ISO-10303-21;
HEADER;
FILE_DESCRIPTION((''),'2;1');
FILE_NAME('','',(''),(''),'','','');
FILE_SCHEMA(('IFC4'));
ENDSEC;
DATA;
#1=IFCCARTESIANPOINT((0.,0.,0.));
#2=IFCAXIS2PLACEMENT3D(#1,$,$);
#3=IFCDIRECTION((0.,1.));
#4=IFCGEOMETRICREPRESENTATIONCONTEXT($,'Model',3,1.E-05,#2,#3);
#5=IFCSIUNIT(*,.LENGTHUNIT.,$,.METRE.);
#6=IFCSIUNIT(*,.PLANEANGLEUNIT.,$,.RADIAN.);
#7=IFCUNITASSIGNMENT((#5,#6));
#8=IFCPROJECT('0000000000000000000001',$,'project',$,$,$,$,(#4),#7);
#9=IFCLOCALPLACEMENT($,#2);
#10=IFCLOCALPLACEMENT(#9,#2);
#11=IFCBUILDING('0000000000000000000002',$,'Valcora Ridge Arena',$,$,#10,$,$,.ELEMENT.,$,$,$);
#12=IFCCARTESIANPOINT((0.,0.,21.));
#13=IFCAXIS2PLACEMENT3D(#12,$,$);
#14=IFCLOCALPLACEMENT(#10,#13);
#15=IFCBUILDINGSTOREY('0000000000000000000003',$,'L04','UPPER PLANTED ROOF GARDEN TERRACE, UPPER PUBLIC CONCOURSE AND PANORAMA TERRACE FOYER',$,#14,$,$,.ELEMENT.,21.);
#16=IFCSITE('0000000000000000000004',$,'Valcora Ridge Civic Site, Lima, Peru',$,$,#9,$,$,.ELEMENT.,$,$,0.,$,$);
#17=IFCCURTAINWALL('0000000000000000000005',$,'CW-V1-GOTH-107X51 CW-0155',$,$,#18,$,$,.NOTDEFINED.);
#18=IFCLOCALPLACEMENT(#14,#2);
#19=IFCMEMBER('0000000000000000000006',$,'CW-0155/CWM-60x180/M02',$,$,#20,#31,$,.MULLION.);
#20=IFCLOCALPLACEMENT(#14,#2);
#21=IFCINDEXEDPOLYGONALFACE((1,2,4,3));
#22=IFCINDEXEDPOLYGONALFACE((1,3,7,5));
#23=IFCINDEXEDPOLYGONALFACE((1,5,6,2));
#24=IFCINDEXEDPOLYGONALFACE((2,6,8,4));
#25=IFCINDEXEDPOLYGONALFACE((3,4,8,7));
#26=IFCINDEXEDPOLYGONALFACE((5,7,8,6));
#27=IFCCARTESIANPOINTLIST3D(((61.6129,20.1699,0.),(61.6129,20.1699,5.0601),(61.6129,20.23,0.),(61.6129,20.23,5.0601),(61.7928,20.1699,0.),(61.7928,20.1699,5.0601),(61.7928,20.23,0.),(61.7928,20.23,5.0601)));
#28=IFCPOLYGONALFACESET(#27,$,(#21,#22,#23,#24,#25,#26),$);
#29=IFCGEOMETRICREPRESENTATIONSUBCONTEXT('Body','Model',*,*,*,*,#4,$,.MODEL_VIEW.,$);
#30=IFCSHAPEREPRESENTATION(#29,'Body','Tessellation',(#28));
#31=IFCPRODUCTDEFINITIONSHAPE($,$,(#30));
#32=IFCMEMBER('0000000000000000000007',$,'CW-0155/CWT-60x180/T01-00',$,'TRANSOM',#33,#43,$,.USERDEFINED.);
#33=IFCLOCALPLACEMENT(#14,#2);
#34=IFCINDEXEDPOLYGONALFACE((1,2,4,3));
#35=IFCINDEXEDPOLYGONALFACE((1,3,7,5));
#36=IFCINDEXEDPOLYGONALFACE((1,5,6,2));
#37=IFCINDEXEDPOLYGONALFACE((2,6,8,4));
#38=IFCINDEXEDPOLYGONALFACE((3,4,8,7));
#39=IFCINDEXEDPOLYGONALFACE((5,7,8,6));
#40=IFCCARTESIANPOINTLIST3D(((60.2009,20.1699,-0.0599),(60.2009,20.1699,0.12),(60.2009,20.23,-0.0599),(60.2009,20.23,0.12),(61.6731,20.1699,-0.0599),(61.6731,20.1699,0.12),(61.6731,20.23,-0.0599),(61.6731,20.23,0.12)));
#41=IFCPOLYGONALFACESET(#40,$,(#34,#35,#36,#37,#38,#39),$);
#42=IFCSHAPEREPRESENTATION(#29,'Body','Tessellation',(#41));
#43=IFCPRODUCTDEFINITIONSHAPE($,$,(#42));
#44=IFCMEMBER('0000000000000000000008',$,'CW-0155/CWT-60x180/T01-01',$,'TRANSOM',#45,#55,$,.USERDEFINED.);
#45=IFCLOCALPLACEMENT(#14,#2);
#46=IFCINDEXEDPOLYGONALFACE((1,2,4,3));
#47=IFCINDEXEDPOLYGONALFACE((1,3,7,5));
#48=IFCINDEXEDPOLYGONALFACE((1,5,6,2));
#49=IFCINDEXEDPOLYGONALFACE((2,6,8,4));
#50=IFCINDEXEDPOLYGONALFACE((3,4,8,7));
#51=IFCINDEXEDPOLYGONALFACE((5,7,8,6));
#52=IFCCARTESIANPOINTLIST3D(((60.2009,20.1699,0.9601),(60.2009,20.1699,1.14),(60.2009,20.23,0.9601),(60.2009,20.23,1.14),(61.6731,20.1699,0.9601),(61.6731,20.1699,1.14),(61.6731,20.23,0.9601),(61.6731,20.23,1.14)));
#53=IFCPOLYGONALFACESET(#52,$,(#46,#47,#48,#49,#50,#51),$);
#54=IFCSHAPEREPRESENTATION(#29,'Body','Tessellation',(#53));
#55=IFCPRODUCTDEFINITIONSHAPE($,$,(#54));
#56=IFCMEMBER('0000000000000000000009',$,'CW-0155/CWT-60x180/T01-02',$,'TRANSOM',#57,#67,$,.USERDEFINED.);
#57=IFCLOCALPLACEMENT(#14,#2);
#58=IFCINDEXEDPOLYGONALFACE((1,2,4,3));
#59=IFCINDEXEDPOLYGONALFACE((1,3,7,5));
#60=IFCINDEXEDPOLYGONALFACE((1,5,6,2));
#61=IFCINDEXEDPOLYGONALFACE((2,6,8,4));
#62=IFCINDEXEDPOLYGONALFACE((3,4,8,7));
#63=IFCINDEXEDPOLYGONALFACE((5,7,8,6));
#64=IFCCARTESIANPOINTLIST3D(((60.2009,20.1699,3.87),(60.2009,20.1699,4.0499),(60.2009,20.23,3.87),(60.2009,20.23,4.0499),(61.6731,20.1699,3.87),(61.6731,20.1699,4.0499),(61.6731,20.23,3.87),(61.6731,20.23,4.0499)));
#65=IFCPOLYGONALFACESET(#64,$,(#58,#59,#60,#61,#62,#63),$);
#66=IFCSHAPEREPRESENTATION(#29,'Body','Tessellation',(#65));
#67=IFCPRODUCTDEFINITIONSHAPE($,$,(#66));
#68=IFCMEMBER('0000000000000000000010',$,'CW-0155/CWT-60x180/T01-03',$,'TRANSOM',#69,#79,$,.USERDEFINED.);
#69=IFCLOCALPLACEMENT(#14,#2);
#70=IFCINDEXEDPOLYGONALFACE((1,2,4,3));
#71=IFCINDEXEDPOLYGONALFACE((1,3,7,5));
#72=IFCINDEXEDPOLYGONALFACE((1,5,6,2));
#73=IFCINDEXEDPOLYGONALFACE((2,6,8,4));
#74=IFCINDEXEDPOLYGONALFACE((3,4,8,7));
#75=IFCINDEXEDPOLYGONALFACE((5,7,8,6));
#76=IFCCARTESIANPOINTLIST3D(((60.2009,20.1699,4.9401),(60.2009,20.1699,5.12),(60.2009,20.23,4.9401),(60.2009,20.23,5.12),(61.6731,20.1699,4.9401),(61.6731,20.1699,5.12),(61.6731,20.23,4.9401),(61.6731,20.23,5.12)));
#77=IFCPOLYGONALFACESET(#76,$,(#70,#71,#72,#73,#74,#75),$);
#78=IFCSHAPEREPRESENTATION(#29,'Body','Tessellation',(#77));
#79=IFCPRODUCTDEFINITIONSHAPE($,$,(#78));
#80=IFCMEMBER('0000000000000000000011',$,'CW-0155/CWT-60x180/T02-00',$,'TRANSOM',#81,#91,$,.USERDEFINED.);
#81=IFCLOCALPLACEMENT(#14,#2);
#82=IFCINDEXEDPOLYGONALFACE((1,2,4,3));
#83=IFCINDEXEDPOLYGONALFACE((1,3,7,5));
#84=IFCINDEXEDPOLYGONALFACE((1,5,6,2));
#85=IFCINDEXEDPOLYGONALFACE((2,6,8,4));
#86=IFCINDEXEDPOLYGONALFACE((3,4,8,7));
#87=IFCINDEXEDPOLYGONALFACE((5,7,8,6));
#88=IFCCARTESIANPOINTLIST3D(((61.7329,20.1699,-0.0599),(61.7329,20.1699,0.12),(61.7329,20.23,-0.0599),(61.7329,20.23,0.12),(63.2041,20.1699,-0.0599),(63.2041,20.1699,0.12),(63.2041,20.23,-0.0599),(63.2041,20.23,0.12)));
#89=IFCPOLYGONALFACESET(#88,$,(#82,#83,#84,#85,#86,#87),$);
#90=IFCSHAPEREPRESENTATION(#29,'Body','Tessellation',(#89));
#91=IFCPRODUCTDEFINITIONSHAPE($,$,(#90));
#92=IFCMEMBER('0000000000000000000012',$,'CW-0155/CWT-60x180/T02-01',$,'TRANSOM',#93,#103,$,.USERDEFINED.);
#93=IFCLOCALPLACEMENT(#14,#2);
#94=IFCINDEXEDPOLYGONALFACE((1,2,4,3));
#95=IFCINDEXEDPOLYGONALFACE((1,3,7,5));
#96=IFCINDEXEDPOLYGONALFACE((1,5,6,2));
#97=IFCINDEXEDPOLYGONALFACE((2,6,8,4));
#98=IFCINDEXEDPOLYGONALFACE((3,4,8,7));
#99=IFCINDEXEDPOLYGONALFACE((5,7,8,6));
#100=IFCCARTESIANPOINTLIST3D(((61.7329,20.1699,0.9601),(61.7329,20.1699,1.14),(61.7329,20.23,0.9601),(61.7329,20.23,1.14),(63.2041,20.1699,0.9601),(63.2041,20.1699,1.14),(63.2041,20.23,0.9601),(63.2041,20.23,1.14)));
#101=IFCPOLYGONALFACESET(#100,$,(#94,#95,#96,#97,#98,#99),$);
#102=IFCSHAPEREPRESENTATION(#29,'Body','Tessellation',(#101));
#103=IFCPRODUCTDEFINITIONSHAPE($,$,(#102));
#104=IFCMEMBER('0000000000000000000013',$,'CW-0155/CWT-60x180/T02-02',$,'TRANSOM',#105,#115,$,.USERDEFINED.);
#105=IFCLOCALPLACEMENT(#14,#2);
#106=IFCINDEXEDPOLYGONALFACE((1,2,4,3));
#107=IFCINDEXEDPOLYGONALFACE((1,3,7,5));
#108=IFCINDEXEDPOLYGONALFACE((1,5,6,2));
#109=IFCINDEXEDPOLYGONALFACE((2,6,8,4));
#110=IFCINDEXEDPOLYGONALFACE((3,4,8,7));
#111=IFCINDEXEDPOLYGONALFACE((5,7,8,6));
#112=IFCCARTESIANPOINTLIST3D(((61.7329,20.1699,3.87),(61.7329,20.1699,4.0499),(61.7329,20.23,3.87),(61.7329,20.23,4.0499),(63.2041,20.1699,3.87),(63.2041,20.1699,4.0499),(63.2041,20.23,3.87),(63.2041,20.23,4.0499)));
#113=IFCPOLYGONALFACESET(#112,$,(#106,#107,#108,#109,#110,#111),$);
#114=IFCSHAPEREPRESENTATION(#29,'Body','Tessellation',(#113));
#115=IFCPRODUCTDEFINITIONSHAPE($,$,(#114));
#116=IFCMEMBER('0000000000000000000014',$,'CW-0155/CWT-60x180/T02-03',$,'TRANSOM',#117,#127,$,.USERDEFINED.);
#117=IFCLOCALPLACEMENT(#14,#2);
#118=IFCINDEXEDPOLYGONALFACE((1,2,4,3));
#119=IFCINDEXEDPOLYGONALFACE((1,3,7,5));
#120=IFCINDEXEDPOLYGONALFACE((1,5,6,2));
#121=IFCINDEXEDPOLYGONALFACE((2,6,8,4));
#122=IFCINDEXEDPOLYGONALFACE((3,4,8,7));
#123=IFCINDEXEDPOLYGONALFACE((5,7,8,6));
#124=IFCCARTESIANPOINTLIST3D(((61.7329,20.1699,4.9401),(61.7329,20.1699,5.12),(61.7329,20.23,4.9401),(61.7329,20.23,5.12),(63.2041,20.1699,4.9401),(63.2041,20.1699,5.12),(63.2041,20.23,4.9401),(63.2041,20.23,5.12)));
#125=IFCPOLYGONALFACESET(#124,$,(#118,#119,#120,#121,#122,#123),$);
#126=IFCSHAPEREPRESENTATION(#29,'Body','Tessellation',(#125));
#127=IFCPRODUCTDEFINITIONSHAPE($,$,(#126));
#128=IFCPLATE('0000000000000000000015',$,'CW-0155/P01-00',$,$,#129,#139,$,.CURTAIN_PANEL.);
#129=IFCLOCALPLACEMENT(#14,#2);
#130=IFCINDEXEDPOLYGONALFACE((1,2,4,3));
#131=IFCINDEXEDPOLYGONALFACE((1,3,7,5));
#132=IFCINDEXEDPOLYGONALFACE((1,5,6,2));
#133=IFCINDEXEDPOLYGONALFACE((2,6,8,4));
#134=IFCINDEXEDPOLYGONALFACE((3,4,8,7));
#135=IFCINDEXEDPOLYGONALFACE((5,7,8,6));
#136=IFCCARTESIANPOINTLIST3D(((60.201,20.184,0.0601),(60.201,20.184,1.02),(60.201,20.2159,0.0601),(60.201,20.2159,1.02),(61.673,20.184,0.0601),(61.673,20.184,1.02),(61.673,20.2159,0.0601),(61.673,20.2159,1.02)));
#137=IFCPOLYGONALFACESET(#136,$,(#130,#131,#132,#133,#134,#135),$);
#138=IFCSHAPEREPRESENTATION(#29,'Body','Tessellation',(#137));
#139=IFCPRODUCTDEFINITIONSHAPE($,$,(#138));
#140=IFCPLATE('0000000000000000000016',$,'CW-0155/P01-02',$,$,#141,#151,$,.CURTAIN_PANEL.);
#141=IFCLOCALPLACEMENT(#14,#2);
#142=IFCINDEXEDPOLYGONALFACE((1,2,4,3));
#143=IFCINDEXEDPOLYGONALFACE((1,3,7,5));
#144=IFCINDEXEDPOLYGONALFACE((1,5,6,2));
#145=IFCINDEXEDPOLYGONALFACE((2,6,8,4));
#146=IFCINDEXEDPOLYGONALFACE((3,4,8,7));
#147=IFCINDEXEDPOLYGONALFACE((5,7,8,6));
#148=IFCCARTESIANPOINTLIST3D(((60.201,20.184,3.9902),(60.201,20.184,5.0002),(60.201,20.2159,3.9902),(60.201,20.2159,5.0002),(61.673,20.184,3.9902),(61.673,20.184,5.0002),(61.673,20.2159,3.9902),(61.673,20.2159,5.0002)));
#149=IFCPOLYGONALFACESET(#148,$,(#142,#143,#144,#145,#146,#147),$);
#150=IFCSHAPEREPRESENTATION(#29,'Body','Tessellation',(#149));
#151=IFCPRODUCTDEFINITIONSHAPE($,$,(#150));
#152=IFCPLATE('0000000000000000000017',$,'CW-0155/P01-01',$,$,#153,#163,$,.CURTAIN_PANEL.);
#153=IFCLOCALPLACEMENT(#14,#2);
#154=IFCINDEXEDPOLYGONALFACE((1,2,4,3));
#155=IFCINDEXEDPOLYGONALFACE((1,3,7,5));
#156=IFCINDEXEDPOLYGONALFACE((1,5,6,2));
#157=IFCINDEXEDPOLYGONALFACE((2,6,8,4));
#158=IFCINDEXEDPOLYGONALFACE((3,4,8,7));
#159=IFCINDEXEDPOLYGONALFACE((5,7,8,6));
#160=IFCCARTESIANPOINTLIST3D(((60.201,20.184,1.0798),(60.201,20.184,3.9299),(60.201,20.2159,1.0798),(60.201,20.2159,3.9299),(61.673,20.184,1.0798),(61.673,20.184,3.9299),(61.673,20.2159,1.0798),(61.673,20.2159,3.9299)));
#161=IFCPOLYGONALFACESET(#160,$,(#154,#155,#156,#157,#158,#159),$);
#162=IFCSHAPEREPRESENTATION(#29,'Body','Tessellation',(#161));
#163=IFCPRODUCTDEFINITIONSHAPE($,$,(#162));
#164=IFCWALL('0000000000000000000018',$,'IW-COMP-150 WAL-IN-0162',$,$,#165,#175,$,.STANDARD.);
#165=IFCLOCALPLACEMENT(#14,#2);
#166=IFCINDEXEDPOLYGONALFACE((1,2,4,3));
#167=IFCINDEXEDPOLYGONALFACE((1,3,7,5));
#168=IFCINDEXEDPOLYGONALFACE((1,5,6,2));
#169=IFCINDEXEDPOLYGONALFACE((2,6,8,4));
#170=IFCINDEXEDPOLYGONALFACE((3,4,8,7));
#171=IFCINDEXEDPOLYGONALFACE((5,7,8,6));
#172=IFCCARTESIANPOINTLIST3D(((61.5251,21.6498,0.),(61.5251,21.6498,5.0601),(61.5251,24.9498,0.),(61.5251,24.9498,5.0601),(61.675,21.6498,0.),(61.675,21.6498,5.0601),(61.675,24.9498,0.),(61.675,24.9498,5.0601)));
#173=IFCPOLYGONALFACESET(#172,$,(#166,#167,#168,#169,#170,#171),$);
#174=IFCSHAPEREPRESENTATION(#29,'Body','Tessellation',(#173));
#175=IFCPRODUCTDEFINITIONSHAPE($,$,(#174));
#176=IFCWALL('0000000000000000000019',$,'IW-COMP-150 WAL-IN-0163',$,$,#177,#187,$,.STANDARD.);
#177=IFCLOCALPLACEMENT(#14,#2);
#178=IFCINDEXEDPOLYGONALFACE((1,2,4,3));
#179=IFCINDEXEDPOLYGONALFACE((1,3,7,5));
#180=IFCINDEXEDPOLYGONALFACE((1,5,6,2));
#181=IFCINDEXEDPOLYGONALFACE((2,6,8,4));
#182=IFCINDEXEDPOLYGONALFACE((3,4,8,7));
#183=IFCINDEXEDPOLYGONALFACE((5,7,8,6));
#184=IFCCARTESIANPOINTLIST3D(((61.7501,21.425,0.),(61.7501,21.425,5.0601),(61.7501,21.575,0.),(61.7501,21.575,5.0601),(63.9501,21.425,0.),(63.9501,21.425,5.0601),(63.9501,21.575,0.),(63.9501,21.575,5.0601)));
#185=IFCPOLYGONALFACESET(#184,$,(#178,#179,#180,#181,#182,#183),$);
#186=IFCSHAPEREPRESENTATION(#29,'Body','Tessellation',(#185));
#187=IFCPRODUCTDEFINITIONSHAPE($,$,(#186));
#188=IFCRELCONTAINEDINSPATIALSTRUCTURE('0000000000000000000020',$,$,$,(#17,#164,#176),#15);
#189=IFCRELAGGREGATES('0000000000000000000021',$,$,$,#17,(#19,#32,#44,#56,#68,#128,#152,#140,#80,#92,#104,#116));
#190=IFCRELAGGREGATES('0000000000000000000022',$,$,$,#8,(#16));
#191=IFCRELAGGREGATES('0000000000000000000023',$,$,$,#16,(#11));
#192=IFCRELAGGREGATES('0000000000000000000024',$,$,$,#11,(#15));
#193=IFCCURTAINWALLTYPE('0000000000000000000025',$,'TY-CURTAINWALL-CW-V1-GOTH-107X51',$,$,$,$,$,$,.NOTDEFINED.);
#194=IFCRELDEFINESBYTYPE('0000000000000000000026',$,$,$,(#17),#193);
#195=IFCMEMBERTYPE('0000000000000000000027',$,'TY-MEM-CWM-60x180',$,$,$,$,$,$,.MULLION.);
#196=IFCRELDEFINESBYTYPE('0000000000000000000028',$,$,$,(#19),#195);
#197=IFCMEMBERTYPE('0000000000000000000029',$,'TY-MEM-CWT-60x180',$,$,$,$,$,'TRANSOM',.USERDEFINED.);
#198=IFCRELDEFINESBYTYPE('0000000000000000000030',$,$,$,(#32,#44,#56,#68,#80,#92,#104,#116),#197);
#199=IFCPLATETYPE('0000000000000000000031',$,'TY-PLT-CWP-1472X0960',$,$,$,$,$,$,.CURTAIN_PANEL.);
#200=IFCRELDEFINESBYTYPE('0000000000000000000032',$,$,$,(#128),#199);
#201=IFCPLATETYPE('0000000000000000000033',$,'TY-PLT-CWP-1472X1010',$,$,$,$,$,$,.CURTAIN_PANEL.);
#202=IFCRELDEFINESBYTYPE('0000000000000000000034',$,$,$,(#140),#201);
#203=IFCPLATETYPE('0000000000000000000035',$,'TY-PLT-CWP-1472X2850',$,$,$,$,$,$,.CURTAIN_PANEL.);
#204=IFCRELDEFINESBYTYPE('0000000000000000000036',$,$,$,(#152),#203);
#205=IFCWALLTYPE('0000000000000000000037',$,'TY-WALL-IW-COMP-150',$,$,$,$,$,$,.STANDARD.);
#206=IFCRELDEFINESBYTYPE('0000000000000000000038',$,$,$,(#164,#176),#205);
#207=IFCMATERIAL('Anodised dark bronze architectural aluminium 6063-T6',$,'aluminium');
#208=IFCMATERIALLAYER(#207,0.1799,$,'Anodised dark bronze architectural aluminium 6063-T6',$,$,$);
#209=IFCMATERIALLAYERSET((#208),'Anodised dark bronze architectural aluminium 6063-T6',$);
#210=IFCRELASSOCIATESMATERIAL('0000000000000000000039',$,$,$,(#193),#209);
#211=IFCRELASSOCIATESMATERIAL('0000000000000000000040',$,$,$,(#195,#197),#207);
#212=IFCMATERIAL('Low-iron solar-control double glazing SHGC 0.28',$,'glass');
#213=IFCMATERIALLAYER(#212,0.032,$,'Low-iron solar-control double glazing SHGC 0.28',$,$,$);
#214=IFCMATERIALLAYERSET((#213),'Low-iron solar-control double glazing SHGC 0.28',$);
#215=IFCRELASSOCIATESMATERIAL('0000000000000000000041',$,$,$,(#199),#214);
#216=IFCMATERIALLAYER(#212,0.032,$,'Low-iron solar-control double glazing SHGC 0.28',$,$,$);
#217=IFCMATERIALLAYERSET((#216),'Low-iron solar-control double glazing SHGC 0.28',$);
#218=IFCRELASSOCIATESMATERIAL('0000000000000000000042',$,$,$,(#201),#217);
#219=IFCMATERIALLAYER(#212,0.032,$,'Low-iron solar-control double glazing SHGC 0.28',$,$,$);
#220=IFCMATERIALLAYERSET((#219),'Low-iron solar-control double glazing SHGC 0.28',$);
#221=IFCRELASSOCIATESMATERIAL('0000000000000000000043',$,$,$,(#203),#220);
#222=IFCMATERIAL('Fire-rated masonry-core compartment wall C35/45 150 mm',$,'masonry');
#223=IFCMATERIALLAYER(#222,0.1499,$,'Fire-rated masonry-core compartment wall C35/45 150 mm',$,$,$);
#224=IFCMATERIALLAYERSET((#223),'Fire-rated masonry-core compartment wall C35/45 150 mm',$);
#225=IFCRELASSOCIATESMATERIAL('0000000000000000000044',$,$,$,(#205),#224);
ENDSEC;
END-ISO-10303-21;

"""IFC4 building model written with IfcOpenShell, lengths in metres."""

from ifc_helpers import new_model, si_unit, direction, frame, frame_2d, origin, origin_2d, place, context, subcontext, project, spatial, rectangle, extrude, material, layer, layer_set, material_profile, profile_set, type_object, element, aggregate, save


model = new_model("IFC4")

# Units and contexts
model_context = context("Model", 3, precision=1e-05, world=origin(), true_north=direction((0.0, 1.0)))
body_context = subcontext(model_context, "Body", "Model", "MODEL_VIEW")
ifc_project = project(units=[si_unit("LENGTHUNIT", "METRE"), si_unit("PLANEANGLEUNIT", "RADIAN")], contexts=[model_context])

# Site, building, storey
site_placement = place(None, origin())
site = spatial("IfcSite", under=ifc_project, at=site_placement, Name="Valcora Ridge Civic Site, Lima, Peru", CompositionType="ELEMENT", RefElevation=0.0)
building_placement = place(site_placement, origin())
building = spatial("IfcBuilding", under=site, at=building_placement, Name="Valcora Ridge Arena", CompositionType="ELEMENT")
storey_placement = place(building_placement, frame((0.0, 0.0, 21.0)))
storey = spatial("IfcBuildingStorey", under=building, at=storey_placement, Name="L04", Description="UPPER PLANTED ROOF GARDEN TERRACE, UPPER PUBLIC CONCOURSE AND PANORAMA TERRACE FOYER", CompositionType="ELEMENT", Elevation=21.0)

# Curtain wall, members, plates
ifc_material_1 = material(Name="Anodised dark bronze architectural aluminium 6063-T6", Category="aluminium")
ifc_layer_1 = layer(ifc_material_1, 0.1799, Name="Anodised dark bronze architectural aluminium 6063-T6")
ifc_layer_set_1 = layer_set([ifc_layer_1], Name="Anodised dark bronze architectural aluminium 6063-T6")
curtain_wall_type = type_object("IfcCurtainWallType", Name="TY-CURTAINWALL-CW-V1-GOTH-107X51", PredefinedType="NOTDEFINED", material=ifc_layer_set_1)
curtain_wall_placement = place(storey_placement, origin())
curtain_wall = element("IfcCurtainWall", 1, at=curtain_wall_placement, inside=storey, type_object=curtain_wall_type, Name="CW-V1-GOTH-107X51 CW-0155", PredefinedType="NOTDEFINED")
ifc_material_profile_1 = material_profile(ifc_material_1, rectangle(XDim=0.0601, YDim=0.1799, at=origin_2d()), Name="ALU MULLION 60x180")
ifc_profile_set_1 = profile_set([ifc_material_profile_1], Name="Anodised dark bronze architectural aluminium 6063-T6")
member_type_1 = type_object("IfcMemberType", Name="TY-MEM-CWM-60x180", PredefinedType="MULLION", material=ifc_profile_set_1)
member_1_placement = place(storey_placement, frame((61.7029, 20.2, 0.0), z_axis=(0.0, 0.0, 1.0), x_axis=(0.0, 1.0, 0.0)))
member_1 = element("IfcMember", 2, at=member_1_placement, type_object=member_type_1, Name="CW-0155/CWM-60x180/M02", PredefinedType="MULLION", context=body_context, shape_type="SweptSolid", body=[
    extrude(rectangle(XDim=0.0601, YDim=0.1799, at=origin_2d()), origin(), (0.0, 0.0, 1.0), 5.0601),
])
ifc_material_profile_2 = material_profile(ifc_material_1, rectangle(XDim=0.0601, YDim=0.1799, at=origin_2d()), Name="ALU TRANSOM 60x180")
ifc_profile_set_2 = profile_set([ifc_material_profile_2], Name="Anodised dark bronze architectural aluminium 6063-T6")
member_type_2 = type_object("IfcMemberType", Name="TY-MEM-CWT-60x180", ElementType="TRANSOM", PredefinedType="USERDEFINED", material=ifc_profile_set_2)
member_2_placement = place(storey_placement, frame((60.2009, 20.2, 0.03), z_axis=(1.0, 0.0, 0.0), x_axis=(0.0, 1.0, 0.0)))
member_2 = element("IfcMember", 3, at=member_2_placement, type_object=member_type_2, Name="CW-0155/CWT-60x180/T01-00", ObjectType="TRANSOM", PredefinedType="USERDEFINED", context=body_context, shape_type="SweptSolid", body=[
    extrude(rectangle(XDim=0.0601, YDim=0.1799, at=origin_2d()), origin(), (0.0, 0.0, 1.0), 1.4722),
])
member_3_placement = place(storey_placement, frame((60.2009, 20.2, 1.05), z_axis=(1.0, 0.0, 0.0), x_axis=(0.0, 1.0, 0.0)))
member_3 = element("IfcMember", 4, at=member_3_placement, type_object=member_type_2, Name="CW-0155/CWT-60x180/T01-01", ObjectType="TRANSOM", PredefinedType="USERDEFINED", context=body_context, shape_type="SweptSolid", body=[
    extrude(rectangle(XDim=0.0601, YDim=0.1799, at=origin_2d()), origin(), (0.0, 0.0, 1.0), 1.4722),
])
member_4_placement = place(storey_placement, frame((60.2009, 20.2, 3.96), z_axis=(1.0, 0.0, 0.0), x_axis=(0.0, 1.0, 0.0)))
member_4 = element("IfcMember", 5, at=member_4_placement, type_object=member_type_2, Name="CW-0155/CWT-60x180/T01-02", ObjectType="TRANSOM", PredefinedType="USERDEFINED", context=body_context, shape_type="SweptSolid", body=[
    extrude(rectangle(XDim=0.0601, YDim=0.1799, at=origin_2d()), origin(), (0.0, 0.0, 1.0), 1.4722),
])
member_5_placement = place(storey_placement, frame((60.2009, 20.2, 5.03), z_axis=(1.0, 0.0, 0.0), x_axis=(0.0, 1.0, 0.0)))
member_5 = element("IfcMember", 6, at=member_5_placement, type_object=member_type_2, Name="CW-0155/CWT-60x180/T01-03", ObjectType="TRANSOM", PredefinedType="USERDEFINED", context=body_context, shape_type="SweptSolid", body=[
    extrude(rectangle(XDim=0.0601, YDim=0.1799, at=origin_2d()), origin(), (0.0, 0.0, 1.0), 1.4722),
])
member_6_placement = place(storey_placement, frame((61.7329, 20.2, 0.03), z_axis=(1.0, 0.0, 0.0), x_axis=(0.0, 1.0, 0.0)))
member_6 = element("IfcMember", 7, at=member_6_placement, type_object=member_type_2, Name="CW-0155/CWT-60x180/T02-00", ObjectType="TRANSOM", PredefinedType="USERDEFINED", context=body_context, shape_type="SweptSolid", body=[
    extrude(rectangle(XDim=0.0601, YDim=0.1799, at=origin_2d()), origin(), (0.0, 0.0, 1.0), 1.4712),
])
member_7_placement = place(storey_placement, frame((61.7329, 20.2, 1.05), z_axis=(1.0, 0.0, 0.0), x_axis=(0.0, 1.0, 0.0)))
member_7 = element("IfcMember", 8, at=member_7_placement, type_object=member_type_2, Name="CW-0155/CWT-60x180/T02-01", ObjectType="TRANSOM", PredefinedType="USERDEFINED", context=body_context, shape_type="SweptSolid", body=[
    extrude(rectangle(XDim=0.0601, YDim=0.1799, at=origin_2d()), origin(), (0.0, 0.0, 1.0), 1.4712),
])
member_8_placement = place(storey_placement, frame((61.7329, 20.2, 3.96), z_axis=(1.0, 0.0, 0.0), x_axis=(0.0, 1.0, 0.0)))
member_8 = element("IfcMember", 9, at=member_8_placement, type_object=member_type_2, Name="CW-0155/CWT-60x180/T02-02", ObjectType="TRANSOM", PredefinedType="USERDEFINED", context=body_context, shape_type="SweptSolid", body=[
    extrude(rectangle(XDim=0.0601, YDim=0.1799, at=origin_2d()), origin(), (0.0, 0.0, 1.0), 1.4712),
])
member_9_placement = place(storey_placement, frame((61.7329, 20.2, 5.03), z_axis=(1.0, 0.0, 0.0), x_axis=(0.0, 1.0, 0.0)))
member_9 = element("IfcMember", 10, at=member_9_placement, type_object=member_type_2, Name="CW-0155/CWT-60x180/T02-03", ObjectType="TRANSOM", PredefinedType="USERDEFINED", context=body_context, shape_type="SweptSolid", body=[
    extrude(rectangle(XDim=0.0601, YDim=0.1799, at=origin_2d()), origin(), (0.0, 0.0, 1.0), 1.4712),
])
ifc_material_2 = material(Name="Low-iron solar-control double glazing SHGC 0.28", Category="glass")
ifc_layer_2 = layer(ifc_material_2, 0.032, Name="Low-iron solar-control double glazing SHGC 0.28")
ifc_layer_set_2 = layer_set([ifc_layer_2], Name="Low-iron solar-control double glazing SHGC 0.28")
plate_type_1 = type_object("IfcPlateType", Name="TY-PLT-CWP-1472X0960", PredefinedType="CURTAIN_PANEL", material=ifc_layer_set_2)
plate_1_placement = place(storey_placement, frame((60.937, 20.2, 0.0601), z_axis=(0.0, 0.0, 1.0), x_axis=(1.0, 0.0, 0.0)))
plate_1 = element("IfcPlate", 11, at=plate_1_placement, type_object=plate_type_1, Name="CW-0155/P01-00", PredefinedType="CURTAIN_PANEL", context=body_context, shape_type="SweptSolid", body=[
    extrude(rectangle(XDim=1.4719, YDim=0.032, at=origin_2d()), origin(), (0.0, 0.0, 1.0), 0.96),
])
ifc_layer_3 = layer(ifc_material_2, 0.032, Name="Low-iron solar-control double glazing SHGC 0.28")
ifc_layer_set_3 = layer_set([ifc_layer_3], Name="Low-iron solar-control double glazing SHGC 0.28")
plate_type_2 = type_object("IfcPlateType", Name="TY-PLT-CWP-1472X1010", PredefinedType="CURTAIN_PANEL", material=ifc_layer_set_3)
plate_2_placement = place(storey_placement, frame((60.937, 20.2, 3.9902), z_axis=(0.0, 0.0, 1.0), x_axis=(1.0, 0.0, 0.0)))
plate_2 = element("IfcPlate", 12, at=plate_2_placement, type_object=plate_type_2, Name="CW-0155/P01-02", PredefinedType="CURTAIN_PANEL", context=body_context, shape_type="SweptSolid", body=[
    extrude(rectangle(XDim=1.4719, YDim=0.032, at=origin_2d()), origin(), (0.0, 0.0, 1.0), 1.01),
])
ifc_layer_4 = layer(ifc_material_2, 0.032, Name="Low-iron solar-control double glazing SHGC 0.28")
ifc_layer_set_4 = layer_set([ifc_layer_4], Name="Low-iron solar-control double glazing SHGC 0.28")
plate_type_3 = type_object("IfcPlateType", Name="TY-PLT-CWP-1472X2850", PredefinedType="CURTAIN_PANEL", material=ifc_layer_set_4)
plate_3_placement = place(storey_placement, frame((60.937, 20.2, 1.0798), z_axis=(0.0, 0.0, 1.0), x_axis=(1.0, 0.0, 0.0)))
plate_3 = element("IfcPlate", 13, at=plate_3_placement, type_object=plate_type_3, Name="CW-0155/P01-01", PredefinedType="CURTAIN_PANEL", context=body_context, shape_type="SweptSolid", body=[
    extrude(rectangle(XDim=1.4719, YDim=0.032, at=origin_2d()), origin(), (0.0, 0.0, 1.0), 2.8501),
])
aggregate(curtain_wall, [member_1, member_2, member_3, member_4, member_5, plate_1, plate_3, plate_2, member_6, member_7, member_8, member_9])

# Walls
ifc_material_3 = material(Name="Fire-rated masonry-core compartment wall C35/45 150 mm", Category="masonry")
ifc_layer_5 = layer(ifc_material_3, 0.1499, Name="Fire-rated masonry-core compartment wall C35/45 150 mm")
ifc_layer_set_5 = layer_set([ifc_layer_5], Name="Fire-rated masonry-core compartment wall C35/45 150 mm")
wall_type = type_object("IfcWallType", Name="TY-WALL-IW-COMP-150", PredefinedType="STANDARD", material=ifc_layer_set_5)
wall_1_placement = place(storey_placement, frame((61.6001, 21.6499, 0.0), z_axis=(0.0, 0.0, 1.0), x_axis=(0.0, 1.0, 0.0)))
element("IfcWall", 14, at=wall_1_placement, inside=storey, type_object=wall_type, Name="IW-COMP-150 WAL-IN-0162", PredefinedType="STANDARD", context=body_context, shape_type="SweptSolid", body=[
    extrude(rectangle(XDim=3.3, YDim=0.1499, at=frame_2d((1.6499, 0.0))), origin(), (0.0, 0.0, 1.0), 5.0601),
])
wall_2_placement = place(storey_placement, frame((61.75, 21.5, 0.0), z_axis=(0.0, 0.0, 1.0), x_axis=(1.0, 0.0, 0.0)))
element("IfcWall", 15, at=wall_2_placement, inside=storey, type_object=wall_type, Name="IW-COMP-150 WAL-IN-0163", PredefinedType="STANDARD", context=body_context, shape_type="SweptSolid", body=[
    extrude(rectangle(XDim=2.2, YDim=0.1499, at=frame_2d((1.1001, 0.0))), origin(), (0.0, 0.0, 1.0), 5.0601),
])

save(model, "model.ifc")
